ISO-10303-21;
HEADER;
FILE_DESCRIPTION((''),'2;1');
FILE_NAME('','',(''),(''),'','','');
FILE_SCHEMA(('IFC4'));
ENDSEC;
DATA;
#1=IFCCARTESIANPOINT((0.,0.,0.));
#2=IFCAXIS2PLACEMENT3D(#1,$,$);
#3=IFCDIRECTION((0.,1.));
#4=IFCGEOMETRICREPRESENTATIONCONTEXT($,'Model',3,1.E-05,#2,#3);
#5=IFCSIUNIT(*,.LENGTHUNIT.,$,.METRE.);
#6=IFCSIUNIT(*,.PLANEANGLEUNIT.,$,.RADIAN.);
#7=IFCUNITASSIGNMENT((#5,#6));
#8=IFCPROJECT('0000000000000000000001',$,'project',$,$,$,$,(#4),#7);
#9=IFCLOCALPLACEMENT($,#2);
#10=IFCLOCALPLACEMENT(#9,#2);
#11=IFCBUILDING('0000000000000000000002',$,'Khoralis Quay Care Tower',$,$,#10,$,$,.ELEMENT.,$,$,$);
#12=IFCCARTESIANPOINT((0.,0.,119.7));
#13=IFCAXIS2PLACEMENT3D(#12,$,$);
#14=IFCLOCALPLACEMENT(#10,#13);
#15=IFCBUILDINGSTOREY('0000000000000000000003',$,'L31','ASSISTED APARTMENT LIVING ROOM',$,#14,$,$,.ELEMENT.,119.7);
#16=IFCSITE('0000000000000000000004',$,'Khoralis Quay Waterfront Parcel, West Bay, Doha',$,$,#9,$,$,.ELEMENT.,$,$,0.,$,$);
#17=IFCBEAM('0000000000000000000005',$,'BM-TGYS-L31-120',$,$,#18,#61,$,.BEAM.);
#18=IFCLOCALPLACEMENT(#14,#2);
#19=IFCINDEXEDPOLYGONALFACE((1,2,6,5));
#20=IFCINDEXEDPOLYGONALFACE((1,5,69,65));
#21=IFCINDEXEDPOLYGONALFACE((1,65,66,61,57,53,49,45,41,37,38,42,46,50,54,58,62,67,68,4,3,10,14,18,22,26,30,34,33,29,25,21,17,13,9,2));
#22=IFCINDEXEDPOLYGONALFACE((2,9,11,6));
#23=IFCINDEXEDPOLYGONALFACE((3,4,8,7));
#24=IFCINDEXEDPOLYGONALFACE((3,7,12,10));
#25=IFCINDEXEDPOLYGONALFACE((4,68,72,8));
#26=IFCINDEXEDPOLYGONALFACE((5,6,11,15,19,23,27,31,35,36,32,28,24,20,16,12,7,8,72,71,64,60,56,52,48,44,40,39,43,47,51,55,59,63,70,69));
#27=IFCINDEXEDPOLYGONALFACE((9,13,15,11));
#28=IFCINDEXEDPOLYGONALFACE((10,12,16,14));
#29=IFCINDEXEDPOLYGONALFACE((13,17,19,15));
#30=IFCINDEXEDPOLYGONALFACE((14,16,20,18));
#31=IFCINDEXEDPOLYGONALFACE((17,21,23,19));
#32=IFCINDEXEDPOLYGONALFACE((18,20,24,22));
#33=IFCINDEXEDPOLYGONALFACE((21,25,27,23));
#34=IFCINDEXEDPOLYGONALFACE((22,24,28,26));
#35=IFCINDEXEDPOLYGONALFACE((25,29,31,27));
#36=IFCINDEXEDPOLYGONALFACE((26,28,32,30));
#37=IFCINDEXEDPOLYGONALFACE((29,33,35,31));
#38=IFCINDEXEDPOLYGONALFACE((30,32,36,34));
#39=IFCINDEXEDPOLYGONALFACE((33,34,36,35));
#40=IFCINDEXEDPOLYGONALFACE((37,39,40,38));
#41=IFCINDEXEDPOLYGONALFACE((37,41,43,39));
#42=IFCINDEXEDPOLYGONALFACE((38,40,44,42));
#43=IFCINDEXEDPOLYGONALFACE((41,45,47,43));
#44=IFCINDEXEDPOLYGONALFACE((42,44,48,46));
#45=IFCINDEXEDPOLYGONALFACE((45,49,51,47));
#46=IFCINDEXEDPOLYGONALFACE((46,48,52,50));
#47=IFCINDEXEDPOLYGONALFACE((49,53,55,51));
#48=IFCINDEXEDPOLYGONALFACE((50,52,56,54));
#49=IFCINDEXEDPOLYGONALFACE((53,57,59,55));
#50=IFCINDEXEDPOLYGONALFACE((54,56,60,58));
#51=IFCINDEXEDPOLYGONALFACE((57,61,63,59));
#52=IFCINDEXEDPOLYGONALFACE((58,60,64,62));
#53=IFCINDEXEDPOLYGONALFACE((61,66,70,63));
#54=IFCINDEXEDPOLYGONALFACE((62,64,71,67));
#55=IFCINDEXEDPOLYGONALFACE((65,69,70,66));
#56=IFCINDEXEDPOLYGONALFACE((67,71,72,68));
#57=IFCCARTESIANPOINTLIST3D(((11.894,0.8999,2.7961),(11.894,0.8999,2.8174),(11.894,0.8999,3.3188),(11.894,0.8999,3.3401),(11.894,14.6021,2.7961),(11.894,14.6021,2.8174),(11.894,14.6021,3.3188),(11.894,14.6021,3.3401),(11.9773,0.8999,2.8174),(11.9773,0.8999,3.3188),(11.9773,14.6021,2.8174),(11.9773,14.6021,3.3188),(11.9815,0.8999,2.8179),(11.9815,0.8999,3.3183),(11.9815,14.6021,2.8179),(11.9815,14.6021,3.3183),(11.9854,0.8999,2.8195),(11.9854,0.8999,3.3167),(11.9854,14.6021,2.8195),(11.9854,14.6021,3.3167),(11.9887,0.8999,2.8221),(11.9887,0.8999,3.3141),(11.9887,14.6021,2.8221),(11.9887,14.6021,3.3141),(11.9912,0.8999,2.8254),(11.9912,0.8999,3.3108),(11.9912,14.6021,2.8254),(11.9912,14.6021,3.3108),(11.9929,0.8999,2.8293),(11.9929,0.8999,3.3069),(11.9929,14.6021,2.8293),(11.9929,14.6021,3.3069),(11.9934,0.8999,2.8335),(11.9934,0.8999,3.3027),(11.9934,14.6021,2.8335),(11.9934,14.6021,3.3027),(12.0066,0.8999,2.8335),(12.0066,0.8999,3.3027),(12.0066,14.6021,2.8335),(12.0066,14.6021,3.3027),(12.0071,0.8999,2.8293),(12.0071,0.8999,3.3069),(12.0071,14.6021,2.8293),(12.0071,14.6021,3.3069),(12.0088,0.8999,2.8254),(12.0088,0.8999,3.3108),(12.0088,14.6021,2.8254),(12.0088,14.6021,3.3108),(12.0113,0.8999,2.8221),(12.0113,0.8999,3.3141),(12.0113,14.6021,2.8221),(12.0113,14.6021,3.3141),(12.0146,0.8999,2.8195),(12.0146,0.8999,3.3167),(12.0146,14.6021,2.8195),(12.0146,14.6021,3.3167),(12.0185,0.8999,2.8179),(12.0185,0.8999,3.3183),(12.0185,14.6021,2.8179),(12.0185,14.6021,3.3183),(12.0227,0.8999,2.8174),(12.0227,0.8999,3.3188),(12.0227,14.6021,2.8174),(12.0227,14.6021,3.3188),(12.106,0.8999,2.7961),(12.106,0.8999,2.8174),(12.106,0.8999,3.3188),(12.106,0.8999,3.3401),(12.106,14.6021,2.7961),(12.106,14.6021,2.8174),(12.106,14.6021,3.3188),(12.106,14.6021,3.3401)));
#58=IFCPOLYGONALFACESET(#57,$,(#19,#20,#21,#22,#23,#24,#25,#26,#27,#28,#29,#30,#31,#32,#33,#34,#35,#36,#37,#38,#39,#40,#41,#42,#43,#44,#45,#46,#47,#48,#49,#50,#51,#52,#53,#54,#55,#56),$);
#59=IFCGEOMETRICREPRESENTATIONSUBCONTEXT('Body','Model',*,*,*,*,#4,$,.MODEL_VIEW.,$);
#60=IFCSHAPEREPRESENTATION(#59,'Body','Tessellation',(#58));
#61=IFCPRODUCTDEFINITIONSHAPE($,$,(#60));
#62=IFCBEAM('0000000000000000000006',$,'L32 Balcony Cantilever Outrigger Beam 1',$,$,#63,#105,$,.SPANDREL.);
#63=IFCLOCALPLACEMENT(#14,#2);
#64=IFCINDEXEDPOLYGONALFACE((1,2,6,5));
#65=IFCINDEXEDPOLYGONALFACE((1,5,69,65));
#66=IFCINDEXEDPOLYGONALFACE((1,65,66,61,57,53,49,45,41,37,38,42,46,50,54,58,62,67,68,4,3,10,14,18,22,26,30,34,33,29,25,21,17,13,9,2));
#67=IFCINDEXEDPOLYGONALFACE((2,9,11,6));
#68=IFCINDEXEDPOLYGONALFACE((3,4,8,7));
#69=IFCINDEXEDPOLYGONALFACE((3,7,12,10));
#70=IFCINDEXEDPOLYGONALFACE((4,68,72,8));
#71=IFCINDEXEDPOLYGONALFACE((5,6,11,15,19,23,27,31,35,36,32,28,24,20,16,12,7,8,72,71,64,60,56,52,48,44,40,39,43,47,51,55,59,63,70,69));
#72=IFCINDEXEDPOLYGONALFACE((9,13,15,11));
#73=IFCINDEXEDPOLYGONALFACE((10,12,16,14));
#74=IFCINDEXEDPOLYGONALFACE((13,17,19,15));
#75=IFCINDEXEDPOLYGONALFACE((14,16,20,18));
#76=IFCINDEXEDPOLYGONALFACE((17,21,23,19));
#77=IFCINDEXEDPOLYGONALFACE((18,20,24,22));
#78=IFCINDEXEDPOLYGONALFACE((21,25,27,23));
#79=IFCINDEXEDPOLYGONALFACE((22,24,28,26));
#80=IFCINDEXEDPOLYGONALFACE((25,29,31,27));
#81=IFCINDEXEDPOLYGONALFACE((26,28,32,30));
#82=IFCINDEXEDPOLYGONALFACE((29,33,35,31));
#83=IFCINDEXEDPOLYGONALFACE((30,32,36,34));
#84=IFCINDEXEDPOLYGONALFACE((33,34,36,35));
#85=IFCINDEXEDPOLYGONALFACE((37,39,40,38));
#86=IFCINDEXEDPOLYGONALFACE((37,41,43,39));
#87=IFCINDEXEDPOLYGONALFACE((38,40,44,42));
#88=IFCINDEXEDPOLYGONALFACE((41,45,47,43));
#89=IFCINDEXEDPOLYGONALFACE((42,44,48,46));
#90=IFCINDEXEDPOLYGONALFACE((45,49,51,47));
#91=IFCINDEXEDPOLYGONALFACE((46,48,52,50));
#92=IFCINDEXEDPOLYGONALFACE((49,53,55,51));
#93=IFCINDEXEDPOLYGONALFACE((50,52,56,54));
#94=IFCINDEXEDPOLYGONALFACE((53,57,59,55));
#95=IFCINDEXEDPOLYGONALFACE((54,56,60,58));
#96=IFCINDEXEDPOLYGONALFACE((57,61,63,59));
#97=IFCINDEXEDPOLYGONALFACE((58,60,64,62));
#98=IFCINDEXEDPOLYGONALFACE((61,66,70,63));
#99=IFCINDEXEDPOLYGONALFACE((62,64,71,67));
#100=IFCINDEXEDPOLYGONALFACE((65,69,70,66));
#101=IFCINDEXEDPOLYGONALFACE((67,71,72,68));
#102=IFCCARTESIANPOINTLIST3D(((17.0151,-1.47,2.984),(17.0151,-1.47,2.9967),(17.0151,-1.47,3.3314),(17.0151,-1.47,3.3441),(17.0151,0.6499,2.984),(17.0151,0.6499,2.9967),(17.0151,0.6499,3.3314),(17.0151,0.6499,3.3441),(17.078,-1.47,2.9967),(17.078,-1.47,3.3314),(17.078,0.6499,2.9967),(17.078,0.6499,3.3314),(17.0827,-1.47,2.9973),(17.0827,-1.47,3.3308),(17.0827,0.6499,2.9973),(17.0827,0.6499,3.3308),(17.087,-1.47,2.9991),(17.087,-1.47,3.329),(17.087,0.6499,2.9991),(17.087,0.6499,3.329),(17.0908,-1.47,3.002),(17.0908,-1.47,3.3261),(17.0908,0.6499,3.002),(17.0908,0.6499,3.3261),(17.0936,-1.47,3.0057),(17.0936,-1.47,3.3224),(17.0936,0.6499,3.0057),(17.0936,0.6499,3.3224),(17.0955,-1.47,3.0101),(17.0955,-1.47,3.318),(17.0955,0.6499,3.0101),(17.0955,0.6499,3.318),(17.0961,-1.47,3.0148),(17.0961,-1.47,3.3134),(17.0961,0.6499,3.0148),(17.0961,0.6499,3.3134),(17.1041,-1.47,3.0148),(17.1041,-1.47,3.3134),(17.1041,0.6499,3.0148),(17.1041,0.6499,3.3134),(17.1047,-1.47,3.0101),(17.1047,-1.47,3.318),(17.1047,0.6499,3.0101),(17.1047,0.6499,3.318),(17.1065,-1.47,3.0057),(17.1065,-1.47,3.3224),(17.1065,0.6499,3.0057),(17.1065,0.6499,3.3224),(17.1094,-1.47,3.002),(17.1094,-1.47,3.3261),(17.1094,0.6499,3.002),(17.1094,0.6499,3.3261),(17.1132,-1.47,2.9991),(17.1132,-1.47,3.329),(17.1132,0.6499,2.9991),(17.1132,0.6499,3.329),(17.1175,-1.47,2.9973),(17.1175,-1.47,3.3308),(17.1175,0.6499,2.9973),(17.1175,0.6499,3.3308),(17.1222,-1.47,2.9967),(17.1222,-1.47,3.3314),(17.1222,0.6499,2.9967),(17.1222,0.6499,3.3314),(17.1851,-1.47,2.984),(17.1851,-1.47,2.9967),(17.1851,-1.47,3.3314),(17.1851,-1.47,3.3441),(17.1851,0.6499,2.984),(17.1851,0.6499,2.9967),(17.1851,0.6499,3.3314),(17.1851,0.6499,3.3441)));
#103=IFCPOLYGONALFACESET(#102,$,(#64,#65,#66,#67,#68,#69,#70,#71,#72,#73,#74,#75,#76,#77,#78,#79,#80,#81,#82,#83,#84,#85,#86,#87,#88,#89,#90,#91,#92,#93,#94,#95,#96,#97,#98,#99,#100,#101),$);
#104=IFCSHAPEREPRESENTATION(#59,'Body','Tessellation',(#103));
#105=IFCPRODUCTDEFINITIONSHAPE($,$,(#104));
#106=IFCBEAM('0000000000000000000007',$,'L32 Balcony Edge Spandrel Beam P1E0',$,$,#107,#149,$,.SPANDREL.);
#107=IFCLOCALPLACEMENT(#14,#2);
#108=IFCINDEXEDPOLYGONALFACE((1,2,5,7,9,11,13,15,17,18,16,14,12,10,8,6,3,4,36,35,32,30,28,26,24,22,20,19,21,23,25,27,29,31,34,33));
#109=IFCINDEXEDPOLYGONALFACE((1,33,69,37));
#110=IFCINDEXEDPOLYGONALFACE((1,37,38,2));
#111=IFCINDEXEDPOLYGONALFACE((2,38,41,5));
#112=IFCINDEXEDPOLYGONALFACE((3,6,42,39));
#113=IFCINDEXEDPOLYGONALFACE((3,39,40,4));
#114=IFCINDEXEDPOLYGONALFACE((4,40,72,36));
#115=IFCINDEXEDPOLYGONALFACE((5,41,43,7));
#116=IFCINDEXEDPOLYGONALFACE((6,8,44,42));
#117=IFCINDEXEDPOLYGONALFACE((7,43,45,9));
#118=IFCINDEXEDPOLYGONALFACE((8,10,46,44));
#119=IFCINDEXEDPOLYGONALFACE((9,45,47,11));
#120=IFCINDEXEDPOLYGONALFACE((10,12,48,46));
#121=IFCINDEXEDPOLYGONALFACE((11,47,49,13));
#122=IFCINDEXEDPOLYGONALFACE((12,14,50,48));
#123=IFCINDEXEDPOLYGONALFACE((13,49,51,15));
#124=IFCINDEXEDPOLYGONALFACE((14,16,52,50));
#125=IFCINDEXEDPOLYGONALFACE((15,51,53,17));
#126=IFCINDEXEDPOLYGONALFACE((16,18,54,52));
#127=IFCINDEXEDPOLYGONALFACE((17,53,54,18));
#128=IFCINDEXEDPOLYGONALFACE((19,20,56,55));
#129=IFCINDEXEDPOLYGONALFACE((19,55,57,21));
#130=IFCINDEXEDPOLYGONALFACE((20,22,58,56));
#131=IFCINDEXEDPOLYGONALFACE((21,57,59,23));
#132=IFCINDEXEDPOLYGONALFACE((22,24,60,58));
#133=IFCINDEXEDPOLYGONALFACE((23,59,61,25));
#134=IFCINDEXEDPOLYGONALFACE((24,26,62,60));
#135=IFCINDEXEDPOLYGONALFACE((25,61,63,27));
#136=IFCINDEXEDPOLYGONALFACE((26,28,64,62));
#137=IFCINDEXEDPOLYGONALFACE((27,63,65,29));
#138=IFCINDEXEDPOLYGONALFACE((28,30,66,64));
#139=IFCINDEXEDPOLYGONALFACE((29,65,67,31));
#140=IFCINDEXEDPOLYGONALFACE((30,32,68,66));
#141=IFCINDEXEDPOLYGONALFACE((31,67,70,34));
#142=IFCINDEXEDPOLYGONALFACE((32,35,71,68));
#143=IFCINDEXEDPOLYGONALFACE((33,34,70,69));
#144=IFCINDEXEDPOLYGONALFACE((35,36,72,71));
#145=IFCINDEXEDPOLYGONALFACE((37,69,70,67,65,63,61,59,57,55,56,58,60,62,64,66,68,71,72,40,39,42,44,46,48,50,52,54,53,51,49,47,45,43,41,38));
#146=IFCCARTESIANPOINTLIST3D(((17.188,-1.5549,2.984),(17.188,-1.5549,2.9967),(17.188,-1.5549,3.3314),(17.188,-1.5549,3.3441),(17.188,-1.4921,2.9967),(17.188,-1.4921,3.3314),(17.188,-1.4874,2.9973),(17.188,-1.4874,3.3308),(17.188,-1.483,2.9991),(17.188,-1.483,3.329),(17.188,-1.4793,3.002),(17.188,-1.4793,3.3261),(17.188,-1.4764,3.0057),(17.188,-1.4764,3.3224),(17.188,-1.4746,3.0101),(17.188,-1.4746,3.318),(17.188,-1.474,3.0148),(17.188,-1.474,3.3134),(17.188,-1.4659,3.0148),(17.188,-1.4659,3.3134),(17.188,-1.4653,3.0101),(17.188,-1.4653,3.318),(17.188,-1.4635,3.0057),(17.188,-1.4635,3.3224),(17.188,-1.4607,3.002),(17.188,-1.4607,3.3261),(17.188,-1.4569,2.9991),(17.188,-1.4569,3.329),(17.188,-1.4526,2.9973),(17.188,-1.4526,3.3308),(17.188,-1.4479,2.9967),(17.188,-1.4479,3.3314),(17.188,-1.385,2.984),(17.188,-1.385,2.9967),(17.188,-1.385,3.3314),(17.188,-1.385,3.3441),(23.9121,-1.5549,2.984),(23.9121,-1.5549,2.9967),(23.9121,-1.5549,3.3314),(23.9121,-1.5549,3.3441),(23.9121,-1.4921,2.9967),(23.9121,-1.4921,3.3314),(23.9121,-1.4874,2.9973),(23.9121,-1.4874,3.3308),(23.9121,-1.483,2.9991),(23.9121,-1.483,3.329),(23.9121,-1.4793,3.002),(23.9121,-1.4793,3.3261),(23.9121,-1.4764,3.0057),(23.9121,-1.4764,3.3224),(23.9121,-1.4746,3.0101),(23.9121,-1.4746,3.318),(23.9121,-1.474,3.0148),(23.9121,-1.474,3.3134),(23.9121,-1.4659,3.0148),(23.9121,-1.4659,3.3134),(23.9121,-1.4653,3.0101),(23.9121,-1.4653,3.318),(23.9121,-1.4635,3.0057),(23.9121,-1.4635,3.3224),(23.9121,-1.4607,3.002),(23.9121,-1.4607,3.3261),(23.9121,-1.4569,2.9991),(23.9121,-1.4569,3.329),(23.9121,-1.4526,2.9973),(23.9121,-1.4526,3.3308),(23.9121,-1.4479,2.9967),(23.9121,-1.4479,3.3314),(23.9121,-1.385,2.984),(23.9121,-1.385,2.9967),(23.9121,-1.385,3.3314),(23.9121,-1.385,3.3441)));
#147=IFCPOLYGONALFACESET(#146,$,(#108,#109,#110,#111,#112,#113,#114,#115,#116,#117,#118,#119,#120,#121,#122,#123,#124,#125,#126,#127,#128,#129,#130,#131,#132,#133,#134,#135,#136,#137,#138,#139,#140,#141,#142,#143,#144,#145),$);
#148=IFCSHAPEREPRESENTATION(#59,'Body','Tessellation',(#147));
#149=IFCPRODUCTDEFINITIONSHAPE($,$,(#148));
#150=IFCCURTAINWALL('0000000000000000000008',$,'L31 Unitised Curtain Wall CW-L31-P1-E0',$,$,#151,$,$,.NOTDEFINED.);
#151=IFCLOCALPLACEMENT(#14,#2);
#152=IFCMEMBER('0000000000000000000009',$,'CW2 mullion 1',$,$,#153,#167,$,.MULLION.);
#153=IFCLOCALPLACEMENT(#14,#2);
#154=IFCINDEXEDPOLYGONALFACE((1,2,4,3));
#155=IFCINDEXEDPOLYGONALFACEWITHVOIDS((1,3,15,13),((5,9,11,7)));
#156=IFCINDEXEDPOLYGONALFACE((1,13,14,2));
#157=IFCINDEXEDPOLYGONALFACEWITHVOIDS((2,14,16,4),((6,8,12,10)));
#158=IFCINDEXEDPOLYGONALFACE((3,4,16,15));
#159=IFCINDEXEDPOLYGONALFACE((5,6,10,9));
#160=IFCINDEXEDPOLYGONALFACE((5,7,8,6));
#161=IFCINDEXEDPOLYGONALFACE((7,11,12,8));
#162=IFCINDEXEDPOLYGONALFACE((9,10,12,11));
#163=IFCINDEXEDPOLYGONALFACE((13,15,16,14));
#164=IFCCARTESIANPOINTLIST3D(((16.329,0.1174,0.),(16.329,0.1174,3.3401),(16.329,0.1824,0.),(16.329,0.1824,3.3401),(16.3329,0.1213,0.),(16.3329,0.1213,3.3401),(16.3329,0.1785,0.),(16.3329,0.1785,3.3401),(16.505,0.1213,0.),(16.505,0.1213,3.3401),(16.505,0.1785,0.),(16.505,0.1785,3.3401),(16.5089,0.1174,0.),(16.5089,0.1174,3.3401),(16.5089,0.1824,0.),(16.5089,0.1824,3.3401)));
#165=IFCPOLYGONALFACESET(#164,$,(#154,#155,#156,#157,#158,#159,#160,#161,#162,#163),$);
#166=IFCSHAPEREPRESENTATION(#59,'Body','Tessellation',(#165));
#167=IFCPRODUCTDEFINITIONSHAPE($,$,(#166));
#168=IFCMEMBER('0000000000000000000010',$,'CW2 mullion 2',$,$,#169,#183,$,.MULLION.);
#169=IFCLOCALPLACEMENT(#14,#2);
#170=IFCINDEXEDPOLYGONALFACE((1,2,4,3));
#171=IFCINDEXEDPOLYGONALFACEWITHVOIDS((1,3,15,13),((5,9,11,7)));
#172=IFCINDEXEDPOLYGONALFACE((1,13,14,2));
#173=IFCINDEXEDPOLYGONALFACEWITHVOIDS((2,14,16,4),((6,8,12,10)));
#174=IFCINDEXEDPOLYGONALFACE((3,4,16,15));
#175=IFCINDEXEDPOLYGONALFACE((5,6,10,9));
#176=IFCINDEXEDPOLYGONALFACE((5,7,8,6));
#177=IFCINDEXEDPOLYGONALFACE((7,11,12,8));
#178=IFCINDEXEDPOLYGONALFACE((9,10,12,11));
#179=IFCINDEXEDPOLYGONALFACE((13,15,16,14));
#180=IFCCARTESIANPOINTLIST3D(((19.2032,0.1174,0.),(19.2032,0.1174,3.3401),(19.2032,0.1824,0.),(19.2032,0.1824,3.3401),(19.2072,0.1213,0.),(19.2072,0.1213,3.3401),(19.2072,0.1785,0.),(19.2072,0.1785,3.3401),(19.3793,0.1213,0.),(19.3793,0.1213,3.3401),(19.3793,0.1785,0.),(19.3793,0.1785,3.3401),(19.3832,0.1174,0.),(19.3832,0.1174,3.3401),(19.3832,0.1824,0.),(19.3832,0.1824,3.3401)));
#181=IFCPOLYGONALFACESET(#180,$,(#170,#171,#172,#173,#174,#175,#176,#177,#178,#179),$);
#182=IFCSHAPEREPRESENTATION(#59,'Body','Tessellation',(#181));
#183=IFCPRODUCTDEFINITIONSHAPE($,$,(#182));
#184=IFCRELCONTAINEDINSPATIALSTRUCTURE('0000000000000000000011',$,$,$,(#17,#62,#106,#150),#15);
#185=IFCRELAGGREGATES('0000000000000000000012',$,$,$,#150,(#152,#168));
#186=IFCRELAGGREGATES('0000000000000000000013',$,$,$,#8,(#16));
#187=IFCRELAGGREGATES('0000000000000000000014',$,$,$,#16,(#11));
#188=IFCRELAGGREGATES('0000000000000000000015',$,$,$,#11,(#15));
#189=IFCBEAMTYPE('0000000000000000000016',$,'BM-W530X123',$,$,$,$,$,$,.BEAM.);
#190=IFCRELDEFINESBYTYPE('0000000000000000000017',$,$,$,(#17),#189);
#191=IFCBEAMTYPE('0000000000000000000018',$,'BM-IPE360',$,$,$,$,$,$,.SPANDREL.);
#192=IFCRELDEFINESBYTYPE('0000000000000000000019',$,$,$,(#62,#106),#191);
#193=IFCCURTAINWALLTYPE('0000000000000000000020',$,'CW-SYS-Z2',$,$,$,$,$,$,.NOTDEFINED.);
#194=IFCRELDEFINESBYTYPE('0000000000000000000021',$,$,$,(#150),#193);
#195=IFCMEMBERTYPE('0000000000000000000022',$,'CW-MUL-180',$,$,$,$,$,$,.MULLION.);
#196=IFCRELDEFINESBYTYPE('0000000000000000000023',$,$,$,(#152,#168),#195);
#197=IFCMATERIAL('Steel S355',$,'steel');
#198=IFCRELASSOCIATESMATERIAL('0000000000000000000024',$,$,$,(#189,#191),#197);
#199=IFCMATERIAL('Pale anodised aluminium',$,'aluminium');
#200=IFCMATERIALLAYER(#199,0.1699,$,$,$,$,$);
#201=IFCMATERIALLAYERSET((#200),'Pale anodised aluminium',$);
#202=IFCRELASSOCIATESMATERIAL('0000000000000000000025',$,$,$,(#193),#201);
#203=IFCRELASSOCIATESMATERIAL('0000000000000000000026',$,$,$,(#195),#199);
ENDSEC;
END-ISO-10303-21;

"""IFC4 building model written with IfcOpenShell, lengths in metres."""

from ifc_helpers import new_model, si_unit, direction, frame, origin, origin_2d, place, context, subcontext, project, spatial, hollow_rectangle, i_section, extrude, source, transform, mapped, material, layer, layer_set, material_profile, profile_set, type_object, element, aggregate, save


model = new_model("IFC4")

# Units and contexts
model_context = context("Model", 3, precision=1e-05, world=origin(), true_north=direction((0.0, 1.0)))
body_context = subcontext(model_context, "Body", "Model", "MODEL_VIEW")
ifc_project = project(units=[si_unit("LENGTHUNIT", "METRE"), si_unit("PLANEANGLEUNIT", "RADIAN")], contexts=[model_context])

# Site, building, storey
site_placement = place(None, origin())
site = spatial("IfcSite", under=ifc_project, at=site_placement, Name="Khoralis Quay Waterfront Parcel, West Bay, Doha", CompositionType="ELEMENT", RefElevation=0.0)
building_placement = place(site_placement, origin())
building = spatial("IfcBuilding", under=site, at=building_placement, Name="Khoralis Quay Care Tower", CompositionType="ELEMENT")
storey_placement = place(building_placement, frame((0.0, 0.0, 119.7)))
storey = spatial("IfcBuildingStorey", under=building, at=storey_placement, Name="L31", Description="ASSISTED APARTMENT LIVING ROOM", CompositionType="ELEMENT", Elevation=119.7)

# Beams
ifc_material_1 = material(Name="Steel S355", Category="steel")
ifc_material_profile_1 = material_profile(ifc_material_1, i_section(OverallWidth=0.2119, OverallDepth=0.5439, WebThickness=0.0132, FlangeThickness=0.0212, FilletRadius=0.0161, at=origin_2d()), Name="Steel S355")
ifc_profile_set_1 = profile_set([ifc_material_profile_1], Name="Steel S355")
beam_type_1 = type_object("IfcBeamType", Name="BM-W530X123", PredefinedType="BEAM", material=ifc_profile_set_1)
shared_shape_1 = source(origin(), body_context, "Body", "SweptSolid", [
    extrude(i_section(OverallWidth=0.2119, OverallDepth=0.5439, WebThickness=0.0132, FlangeThickness=0.0212, FilletRadius=0.0161, at=origin_2d()), origin(), (0.0, 0.0, 1.0), 13.7021),
])
beam_1_placement = place(storey_placement, frame((12.0, 0.8999, 3.0681), z_axis=(0.0, 1.0, 0.0), x_axis=(-1.0, 0.0, 0.0)))
element("IfcBeam", 1, at=beam_1_placement, inside=storey, type_object=beam_type_1, Name="BM-TGYS-L31-120", PredefinedType="BEAM", context=body_context, shape_type="MappedRepresentation", body=[
    mapped(shared_shape_1, transform((0.0, 0.0, 0.0), scale=1.0)),
])
ifc_material_profile_2 = material_profile(ifc_material_1, i_section(OverallWidth=0.1699, OverallDepth=0.3601, WebThickness=0.0081, FlangeThickness=0.0127, FilletRadius=0.0181, at=origin_2d()), Name="Steel S355")
ifc_profile_set_2 = profile_set([ifc_material_profile_2], Name="Steel S355")
beam_type_2 = type_object("IfcBeamType", Name="BM-IPE360", PredefinedType="SPANDREL", material=ifc_profile_set_2)
shared_shape_2 = source(origin(), body_context, "Body", "SweptSolid", [
    extrude(i_section(OverallWidth=0.1699, OverallDepth=0.3601, WebThickness=0.0081, FlangeThickness=0.0127, FilletRadius=0.0181, at=origin_2d()), origin(), (0.0, 0.0, 1.0), 2.1199),
])
beam_2_placement = place(storey_placement, frame((17.1001, 0.6499, 3.1641), z_axis=(0.0, -1.0, 0.0), x_axis=(1.0, 0.0, 0.0)))
element("IfcBeam", 2, at=beam_2_placement, inside=storey, type_object=beam_type_2, Name="L32 Balcony Cantilever Outrigger Beam 1", PredefinedType="SPANDREL", context=body_context, shape_type="MappedRepresentation", body=[
    mapped(shared_shape_2, transform((0.0, 0.0, 0.0), scale=1.0)),
])
shared_shape_3 = source(origin(), body_context, "Body", "SweptSolid", [
    extrude(i_section(OverallWidth=0.1699, OverallDepth=0.3601, WebThickness=0.0081, FlangeThickness=0.0127, FilletRadius=0.0181, at=origin_2d()), origin(), (0.0, 0.0, 1.0), 6.7241),
])
beam_3_placement = place(storey_placement, frame((17.188, -1.47, 3.1641), z_axis=(1.0, 0.0, 0.0), x_axis=(0.0, 1.0, 0.0)))
element("IfcBeam", 3, at=beam_3_placement, inside=storey, type_object=beam_type_2, Name="L32 Balcony Edge Spandrel Beam P1E0", PredefinedType="SPANDREL", context=body_context, shape_type="MappedRepresentation", body=[
    mapped(shared_shape_3, transform((0.0, 0.0, 0.0), scale=1.0)),
])

# Curtain wall, members
ifc_material_2 = material(Name="Pale anodised aluminium", Category="aluminium")
ifc_layer_1 = layer(ifc_material_2, 0.1699)
ifc_layer_set_1 = layer_set([ifc_layer_1], Name="Pale anodised aluminium")
curtain_wall_type = type_object("IfcCurtainWallType", Name="CW-SYS-Z2", PredefinedType="NOTDEFINED", material=ifc_layer_set_1)
curtain_wall_placement = place(storey_placement, origin())
curtain_wall = element("IfcCurtainWall", 4, at=curtain_wall_placement, inside=storey, type_object=curtain_wall_type, Name="L31 Unitised Curtain Wall CW-L31-P1-E0", PredefinedType="NOTDEFINED")
ifc_material_profile_3 = material_profile(ifc_material_2, hollow_rectangle(XDim=0.0649, YDim=0.1799, WallThickness=0.0039, at=origin_2d()), Name="Pale anodised aluminium")
ifc_profile_set_3 = profile_set([ifc_material_profile_3], Name="Pale anodised aluminium")
member_type_1 = type_object("IfcMemberType", Name="CW-MUL-180", PredefinedType="MULLION", material=ifc_profile_set_3)
shared_shape_4 = source(origin(), body_context, "Body", "SweptSolid", [
    extrude(hollow_rectangle(XDim=0.0649, YDim=0.1799, WallThickness=0.0039, at=origin_2d()), origin(), (0.0, 0.0, 1.0), 3.3401),
])
member_1_placement = place(storey_placement, frame((16.4189, 0.1499, 0.0), z_axis=(0.0, 0.0, 1.0), x_axis=(0.0, 1.0, 0.0)))
member_1 = element("IfcMember", 5, at=member_1_placement, type_object=member_type_1, Name="CW2 mullion 1", PredefinedType="MULLION", context=body_context, shape_type="MappedRepresentation", body=[
    mapped(shared_shape_4, transform((0.0, 0.0, 0.0), scale=1.0)),
])
member_2_placement = place(storey_placement, frame((19.2932, 0.1499, 0.0), z_axis=(0.0, 0.0, 1.0), x_axis=(0.0, 1.0, 0.0)))
member_2 = element("IfcMember", 6, at=member_2_placement, type_object=member_type_1, Name="CW2 mullion 2", PredefinedType="MULLION", context=body_context, shape_type="MappedRepresentation", body=[
    mapped(shared_shape_4, transform((0.0, 0.0, 0.0), scale=1.0)),
])
aggregate(curtain_wall, [member_1, member_2])

save(model, "model.ifc")
